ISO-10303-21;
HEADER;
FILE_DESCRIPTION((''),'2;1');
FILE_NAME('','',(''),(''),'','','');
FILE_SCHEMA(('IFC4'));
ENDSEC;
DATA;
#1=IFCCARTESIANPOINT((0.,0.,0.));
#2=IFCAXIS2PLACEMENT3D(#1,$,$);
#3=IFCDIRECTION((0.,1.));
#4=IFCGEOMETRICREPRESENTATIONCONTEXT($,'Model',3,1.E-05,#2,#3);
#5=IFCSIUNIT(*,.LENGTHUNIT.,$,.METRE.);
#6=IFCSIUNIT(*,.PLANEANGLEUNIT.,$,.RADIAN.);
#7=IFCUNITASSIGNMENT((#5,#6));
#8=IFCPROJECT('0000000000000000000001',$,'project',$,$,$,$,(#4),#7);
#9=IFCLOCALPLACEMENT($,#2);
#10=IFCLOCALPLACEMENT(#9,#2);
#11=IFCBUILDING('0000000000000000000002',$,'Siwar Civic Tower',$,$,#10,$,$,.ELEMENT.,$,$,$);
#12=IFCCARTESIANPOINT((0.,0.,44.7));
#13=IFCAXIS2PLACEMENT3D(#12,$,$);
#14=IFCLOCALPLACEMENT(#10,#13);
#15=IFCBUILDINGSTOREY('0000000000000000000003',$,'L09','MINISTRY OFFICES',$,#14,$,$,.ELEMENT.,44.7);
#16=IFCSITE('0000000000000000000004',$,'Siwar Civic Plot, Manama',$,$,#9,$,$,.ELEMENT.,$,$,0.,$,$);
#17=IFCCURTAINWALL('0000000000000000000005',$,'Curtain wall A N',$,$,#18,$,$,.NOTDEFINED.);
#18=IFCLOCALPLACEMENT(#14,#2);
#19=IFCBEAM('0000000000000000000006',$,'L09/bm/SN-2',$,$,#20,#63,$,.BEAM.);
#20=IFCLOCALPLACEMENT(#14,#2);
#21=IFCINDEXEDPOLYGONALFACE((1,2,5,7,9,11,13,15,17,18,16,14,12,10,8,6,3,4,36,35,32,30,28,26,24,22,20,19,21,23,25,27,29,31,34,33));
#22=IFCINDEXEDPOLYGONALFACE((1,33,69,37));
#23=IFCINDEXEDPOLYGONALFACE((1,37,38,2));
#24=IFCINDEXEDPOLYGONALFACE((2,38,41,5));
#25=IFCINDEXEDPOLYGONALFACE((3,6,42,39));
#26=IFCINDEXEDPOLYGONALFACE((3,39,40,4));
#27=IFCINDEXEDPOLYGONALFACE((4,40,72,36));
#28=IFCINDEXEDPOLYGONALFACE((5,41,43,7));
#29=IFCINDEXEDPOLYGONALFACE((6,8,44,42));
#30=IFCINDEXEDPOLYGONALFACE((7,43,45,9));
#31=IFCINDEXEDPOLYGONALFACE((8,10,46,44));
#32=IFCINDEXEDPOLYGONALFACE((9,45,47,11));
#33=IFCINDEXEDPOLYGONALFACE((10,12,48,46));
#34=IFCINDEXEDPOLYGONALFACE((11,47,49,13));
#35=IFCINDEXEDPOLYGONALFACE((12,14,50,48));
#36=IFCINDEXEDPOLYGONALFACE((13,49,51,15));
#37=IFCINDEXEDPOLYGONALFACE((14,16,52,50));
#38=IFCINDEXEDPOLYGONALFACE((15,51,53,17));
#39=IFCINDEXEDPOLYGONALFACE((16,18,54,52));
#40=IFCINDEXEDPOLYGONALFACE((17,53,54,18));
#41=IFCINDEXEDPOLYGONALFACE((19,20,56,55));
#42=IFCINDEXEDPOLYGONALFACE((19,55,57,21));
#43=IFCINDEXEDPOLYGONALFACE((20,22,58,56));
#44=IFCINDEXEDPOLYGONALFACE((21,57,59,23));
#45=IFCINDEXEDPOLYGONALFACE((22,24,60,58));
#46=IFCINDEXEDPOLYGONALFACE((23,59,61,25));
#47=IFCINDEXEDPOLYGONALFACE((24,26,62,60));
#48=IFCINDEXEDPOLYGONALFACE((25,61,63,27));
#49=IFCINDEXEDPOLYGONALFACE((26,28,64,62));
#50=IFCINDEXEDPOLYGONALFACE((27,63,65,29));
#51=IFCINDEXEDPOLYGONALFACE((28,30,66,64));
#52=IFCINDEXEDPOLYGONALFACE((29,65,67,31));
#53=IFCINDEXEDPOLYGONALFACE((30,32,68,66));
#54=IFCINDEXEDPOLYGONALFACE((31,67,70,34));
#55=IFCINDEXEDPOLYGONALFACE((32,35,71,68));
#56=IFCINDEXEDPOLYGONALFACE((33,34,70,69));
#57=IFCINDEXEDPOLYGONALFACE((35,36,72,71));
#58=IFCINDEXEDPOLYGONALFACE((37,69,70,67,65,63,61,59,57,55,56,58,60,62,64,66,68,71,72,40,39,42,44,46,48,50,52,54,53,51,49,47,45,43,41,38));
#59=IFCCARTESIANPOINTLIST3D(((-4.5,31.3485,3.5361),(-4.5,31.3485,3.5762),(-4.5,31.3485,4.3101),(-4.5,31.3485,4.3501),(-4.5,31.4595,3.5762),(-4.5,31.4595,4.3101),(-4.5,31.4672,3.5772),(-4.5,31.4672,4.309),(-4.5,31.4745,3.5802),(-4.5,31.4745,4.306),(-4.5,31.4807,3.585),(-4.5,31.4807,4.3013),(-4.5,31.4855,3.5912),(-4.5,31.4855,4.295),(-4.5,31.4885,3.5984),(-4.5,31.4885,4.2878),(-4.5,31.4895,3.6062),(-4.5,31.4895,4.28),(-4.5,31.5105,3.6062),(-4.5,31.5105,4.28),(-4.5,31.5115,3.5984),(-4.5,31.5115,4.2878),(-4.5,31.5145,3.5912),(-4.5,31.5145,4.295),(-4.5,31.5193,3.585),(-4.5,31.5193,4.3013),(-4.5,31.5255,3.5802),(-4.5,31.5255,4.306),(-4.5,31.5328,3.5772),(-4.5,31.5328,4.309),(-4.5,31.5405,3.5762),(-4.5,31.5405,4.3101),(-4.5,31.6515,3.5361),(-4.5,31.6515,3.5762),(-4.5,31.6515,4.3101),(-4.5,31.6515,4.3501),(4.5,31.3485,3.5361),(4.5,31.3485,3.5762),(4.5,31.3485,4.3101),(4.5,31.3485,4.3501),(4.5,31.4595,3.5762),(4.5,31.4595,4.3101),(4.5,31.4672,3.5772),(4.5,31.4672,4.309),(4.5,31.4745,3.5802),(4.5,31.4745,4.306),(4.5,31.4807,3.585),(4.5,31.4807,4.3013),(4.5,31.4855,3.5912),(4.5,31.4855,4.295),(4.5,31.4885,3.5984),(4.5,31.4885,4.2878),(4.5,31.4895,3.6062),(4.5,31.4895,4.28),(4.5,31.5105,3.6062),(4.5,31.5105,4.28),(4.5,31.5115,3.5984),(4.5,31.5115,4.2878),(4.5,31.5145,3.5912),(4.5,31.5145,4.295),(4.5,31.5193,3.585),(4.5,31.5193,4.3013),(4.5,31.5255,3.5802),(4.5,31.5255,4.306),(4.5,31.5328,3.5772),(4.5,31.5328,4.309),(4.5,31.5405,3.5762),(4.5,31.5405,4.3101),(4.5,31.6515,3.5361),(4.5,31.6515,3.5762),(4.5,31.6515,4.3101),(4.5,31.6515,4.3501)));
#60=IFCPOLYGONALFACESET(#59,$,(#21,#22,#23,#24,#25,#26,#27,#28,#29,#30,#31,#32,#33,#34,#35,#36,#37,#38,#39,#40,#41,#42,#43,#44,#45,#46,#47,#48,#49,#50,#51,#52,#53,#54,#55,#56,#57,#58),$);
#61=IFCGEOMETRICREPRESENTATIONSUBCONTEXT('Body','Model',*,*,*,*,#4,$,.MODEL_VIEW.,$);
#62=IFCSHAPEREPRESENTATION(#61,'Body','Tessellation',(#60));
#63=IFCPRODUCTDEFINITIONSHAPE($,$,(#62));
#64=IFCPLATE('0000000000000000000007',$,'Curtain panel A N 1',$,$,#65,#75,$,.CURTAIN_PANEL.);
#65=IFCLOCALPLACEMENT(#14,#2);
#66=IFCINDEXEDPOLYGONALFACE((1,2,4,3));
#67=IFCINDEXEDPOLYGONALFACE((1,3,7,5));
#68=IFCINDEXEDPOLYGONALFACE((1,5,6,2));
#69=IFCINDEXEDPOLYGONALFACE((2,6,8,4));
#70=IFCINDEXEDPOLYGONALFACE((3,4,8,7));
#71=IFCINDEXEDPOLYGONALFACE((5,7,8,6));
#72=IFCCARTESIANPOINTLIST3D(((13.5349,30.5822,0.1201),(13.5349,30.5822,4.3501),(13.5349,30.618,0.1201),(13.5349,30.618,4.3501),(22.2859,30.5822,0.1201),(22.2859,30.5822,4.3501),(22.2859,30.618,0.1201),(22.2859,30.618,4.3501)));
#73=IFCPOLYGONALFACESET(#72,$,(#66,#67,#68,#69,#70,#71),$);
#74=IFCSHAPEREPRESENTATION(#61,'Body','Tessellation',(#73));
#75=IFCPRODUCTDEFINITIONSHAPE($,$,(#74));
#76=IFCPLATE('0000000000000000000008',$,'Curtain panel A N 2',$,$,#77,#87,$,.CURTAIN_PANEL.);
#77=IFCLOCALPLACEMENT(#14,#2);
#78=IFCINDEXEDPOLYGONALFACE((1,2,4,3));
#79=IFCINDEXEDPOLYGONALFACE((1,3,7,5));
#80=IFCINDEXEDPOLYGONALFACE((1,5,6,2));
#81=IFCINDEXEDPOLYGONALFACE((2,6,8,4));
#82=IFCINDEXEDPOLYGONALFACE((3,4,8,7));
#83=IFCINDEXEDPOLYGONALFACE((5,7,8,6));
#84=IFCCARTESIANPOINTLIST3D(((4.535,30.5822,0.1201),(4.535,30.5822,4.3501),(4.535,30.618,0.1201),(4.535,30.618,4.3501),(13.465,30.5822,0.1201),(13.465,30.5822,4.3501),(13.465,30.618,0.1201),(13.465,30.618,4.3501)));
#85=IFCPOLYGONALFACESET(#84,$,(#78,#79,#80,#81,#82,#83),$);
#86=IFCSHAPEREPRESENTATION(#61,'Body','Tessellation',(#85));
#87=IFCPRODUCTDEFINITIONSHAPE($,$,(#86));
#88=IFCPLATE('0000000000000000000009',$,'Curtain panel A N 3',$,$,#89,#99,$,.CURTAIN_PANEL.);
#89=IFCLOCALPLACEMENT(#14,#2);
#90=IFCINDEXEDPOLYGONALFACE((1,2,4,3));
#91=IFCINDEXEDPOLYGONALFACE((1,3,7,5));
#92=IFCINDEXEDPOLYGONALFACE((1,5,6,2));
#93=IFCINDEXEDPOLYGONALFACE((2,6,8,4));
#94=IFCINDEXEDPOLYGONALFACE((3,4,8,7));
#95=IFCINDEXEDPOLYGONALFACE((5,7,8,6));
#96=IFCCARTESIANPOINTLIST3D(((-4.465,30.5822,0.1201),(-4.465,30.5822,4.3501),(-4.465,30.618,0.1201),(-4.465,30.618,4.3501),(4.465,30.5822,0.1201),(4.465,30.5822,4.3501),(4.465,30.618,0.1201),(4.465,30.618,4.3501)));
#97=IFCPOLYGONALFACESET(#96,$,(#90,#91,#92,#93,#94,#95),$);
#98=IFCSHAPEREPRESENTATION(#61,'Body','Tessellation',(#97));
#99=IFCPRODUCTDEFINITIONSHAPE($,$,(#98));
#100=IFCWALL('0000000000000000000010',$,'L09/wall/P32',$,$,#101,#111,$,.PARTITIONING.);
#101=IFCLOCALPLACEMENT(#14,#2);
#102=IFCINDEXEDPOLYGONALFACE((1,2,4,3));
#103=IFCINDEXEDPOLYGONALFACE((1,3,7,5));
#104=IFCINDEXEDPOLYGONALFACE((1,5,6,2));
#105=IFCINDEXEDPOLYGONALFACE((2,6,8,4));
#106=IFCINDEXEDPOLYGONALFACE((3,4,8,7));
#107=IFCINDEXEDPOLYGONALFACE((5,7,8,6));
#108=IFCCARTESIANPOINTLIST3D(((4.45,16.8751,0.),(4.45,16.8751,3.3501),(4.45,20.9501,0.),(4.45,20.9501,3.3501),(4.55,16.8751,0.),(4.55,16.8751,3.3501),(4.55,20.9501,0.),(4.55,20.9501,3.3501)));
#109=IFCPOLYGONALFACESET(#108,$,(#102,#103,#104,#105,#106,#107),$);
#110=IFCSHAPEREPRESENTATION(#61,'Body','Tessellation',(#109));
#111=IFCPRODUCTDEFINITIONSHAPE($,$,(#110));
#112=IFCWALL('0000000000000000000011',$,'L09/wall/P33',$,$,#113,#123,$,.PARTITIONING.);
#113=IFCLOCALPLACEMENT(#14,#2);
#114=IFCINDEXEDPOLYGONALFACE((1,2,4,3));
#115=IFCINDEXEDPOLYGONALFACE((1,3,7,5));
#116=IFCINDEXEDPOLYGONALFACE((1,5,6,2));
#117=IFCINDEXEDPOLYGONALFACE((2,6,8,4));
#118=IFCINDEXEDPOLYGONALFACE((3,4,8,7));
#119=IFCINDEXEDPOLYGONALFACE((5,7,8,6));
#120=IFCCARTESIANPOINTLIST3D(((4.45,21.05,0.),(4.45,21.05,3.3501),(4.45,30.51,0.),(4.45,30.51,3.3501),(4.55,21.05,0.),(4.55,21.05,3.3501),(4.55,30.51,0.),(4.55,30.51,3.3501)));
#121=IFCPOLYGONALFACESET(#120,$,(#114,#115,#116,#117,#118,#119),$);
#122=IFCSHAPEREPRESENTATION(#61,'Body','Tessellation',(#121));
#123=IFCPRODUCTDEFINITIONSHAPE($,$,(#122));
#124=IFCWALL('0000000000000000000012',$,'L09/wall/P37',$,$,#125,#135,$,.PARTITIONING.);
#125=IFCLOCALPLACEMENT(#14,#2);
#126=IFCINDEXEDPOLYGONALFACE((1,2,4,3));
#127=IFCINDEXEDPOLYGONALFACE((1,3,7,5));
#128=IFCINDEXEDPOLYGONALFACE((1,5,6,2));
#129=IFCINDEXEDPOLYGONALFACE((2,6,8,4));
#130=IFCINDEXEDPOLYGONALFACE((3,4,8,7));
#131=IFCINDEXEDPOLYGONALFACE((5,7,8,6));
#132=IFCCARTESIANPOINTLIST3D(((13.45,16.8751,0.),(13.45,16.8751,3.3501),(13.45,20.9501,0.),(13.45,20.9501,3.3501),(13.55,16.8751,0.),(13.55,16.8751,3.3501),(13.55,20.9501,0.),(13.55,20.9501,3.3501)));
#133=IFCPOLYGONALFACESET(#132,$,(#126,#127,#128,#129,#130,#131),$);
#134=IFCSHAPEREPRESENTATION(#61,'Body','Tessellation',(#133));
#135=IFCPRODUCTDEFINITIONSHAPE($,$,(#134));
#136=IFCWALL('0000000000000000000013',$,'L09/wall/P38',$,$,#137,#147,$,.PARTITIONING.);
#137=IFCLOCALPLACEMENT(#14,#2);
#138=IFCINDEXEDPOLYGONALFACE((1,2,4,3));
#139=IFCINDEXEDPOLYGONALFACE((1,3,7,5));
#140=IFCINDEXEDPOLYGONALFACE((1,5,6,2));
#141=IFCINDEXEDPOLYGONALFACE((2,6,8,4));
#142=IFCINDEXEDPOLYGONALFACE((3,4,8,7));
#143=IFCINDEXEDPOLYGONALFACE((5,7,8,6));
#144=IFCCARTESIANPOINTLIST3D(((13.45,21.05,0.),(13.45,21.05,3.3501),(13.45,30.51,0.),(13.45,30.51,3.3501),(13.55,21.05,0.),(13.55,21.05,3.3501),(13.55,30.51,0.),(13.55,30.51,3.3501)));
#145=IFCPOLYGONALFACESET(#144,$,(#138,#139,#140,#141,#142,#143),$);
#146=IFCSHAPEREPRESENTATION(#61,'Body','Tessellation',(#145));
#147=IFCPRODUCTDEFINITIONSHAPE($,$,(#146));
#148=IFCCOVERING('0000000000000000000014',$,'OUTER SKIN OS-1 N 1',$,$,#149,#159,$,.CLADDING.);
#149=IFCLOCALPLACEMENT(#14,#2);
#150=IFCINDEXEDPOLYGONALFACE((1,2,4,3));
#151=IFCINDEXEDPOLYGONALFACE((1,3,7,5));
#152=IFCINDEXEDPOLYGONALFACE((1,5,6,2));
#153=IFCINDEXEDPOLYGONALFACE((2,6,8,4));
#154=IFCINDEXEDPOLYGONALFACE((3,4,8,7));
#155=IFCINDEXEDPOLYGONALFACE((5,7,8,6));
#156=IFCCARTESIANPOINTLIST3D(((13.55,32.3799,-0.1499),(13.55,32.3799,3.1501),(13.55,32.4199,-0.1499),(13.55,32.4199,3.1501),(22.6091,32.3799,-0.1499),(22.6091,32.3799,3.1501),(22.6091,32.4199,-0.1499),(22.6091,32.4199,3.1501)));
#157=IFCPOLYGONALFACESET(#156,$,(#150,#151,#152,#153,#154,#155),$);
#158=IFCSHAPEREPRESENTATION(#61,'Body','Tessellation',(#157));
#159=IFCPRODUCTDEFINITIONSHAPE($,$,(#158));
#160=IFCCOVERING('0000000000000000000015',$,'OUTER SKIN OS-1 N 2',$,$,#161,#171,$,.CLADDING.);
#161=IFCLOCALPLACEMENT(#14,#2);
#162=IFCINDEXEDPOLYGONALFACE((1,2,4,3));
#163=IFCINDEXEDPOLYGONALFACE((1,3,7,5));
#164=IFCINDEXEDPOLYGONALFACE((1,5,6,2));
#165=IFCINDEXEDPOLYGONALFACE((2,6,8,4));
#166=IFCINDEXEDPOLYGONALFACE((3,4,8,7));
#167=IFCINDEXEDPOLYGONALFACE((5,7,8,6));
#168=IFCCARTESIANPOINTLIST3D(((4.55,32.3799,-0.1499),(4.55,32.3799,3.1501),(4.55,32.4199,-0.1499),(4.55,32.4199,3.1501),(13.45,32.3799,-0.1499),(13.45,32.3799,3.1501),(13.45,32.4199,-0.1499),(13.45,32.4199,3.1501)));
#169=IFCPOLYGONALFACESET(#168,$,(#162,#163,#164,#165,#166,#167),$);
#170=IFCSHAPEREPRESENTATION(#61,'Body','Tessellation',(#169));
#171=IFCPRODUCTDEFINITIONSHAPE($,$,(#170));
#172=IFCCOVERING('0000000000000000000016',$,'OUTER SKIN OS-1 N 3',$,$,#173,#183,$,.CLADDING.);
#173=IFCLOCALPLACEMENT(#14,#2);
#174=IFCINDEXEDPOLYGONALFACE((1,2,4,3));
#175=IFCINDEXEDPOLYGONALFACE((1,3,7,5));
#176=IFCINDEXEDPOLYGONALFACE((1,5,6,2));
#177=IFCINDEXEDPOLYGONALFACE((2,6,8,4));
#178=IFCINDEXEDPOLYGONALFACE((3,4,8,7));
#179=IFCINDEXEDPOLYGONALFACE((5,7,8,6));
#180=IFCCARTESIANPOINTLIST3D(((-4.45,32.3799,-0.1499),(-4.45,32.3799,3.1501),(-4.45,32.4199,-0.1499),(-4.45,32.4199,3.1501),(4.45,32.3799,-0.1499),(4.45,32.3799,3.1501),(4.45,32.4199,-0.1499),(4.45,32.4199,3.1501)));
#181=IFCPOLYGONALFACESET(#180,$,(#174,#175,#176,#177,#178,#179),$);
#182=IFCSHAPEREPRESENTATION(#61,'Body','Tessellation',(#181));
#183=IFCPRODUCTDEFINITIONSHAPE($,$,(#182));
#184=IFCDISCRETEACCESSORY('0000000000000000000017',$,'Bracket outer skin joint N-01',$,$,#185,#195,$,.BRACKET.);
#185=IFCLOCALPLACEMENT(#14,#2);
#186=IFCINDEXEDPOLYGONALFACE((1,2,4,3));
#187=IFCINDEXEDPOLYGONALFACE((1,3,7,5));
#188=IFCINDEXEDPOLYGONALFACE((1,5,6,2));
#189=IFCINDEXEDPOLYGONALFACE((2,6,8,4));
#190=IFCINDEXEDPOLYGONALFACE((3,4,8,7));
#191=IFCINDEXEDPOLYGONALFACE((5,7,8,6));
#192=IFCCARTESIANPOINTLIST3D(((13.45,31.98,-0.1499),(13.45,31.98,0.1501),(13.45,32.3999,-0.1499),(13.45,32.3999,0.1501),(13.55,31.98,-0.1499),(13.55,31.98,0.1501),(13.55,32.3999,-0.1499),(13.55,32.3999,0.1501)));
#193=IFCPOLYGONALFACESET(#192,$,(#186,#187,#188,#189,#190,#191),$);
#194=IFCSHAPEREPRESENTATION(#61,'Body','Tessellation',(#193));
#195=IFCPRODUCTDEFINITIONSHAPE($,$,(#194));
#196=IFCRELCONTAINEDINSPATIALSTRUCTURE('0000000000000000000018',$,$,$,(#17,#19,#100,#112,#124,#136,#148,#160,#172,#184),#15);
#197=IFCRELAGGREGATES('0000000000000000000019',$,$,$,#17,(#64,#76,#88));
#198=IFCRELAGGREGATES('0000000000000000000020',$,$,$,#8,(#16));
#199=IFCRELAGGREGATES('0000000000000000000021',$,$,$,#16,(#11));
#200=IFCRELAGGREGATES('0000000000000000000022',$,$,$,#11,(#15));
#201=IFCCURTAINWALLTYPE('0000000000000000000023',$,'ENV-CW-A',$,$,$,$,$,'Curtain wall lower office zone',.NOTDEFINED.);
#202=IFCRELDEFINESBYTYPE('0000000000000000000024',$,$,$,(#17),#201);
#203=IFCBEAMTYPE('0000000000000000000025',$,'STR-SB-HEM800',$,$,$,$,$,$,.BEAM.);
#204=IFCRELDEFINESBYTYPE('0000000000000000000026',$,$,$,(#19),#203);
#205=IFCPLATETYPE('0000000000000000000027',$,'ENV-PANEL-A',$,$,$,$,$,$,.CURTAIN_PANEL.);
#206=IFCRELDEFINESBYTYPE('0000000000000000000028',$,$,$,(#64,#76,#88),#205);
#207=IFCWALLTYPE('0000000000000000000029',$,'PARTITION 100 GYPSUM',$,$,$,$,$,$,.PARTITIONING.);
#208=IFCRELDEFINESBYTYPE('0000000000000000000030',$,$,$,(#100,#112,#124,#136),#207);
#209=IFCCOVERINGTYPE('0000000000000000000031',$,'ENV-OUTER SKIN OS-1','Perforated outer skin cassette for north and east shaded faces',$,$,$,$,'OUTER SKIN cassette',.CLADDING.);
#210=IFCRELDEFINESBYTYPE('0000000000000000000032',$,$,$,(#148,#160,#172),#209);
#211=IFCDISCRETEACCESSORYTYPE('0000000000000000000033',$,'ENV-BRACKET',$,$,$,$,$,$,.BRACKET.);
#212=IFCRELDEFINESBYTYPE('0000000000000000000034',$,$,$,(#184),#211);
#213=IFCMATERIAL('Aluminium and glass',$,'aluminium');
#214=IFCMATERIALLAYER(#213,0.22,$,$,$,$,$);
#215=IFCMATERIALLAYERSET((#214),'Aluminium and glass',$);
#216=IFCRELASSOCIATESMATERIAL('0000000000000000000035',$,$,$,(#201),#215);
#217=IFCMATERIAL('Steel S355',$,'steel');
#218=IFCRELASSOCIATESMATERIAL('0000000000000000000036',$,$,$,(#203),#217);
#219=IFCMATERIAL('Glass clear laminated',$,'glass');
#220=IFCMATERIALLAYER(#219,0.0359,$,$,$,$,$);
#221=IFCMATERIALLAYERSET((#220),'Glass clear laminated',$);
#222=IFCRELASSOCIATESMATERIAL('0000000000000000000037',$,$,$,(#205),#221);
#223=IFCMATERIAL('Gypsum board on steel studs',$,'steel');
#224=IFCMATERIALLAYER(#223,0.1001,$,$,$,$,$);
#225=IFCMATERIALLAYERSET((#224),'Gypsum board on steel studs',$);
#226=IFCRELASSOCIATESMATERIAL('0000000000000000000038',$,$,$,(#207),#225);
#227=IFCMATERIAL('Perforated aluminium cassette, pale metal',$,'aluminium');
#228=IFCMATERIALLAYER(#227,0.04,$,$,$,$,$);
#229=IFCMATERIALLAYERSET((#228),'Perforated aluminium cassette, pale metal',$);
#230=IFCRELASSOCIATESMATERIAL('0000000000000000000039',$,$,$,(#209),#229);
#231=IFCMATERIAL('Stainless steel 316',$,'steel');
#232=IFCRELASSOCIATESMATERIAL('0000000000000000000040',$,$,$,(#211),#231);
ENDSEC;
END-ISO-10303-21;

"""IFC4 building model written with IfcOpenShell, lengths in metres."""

from ifc_helpers import new_model, si_unit, direction, frame, frame_2d, origin, origin_2d, place, context, subcontext, project, spatial, rectangle, i_section, extrude, material, layer, layer_set, material_profile, profile_set, type_object, element, aggregate, save


model = new_model("IFC4")

# Units and contexts
model_context = context("Model", 3, precision=1e-05, world=origin(), true_north=direction((0.0, 1.0)))
body_context = subcontext(model_context, "Body", "Model", "MODEL_VIEW")
ifc_project = project(units=[si_unit("LENGTHUNIT", "METRE"), si_unit("PLANEANGLEUNIT", "RADIAN")], contexts=[model_context])

# Site, building, storey
site_placement = place(None, origin())
site = spatial("IfcSite", under=ifc_project, at=site_placement, Name="Siwar Civic Plot, Manama", CompositionType="ELEMENT", RefElevation=0.0)
building_placement = place(site_placement, origin())
building = spatial("IfcBuilding", under=site, at=building_placement, Name="Siwar Civic Tower", CompositionType="ELEMENT")
storey_placement = place(building_placement, frame((0.0, 0.0, 44.7)))
storey = spatial("IfcBuildingStorey", under=building, at=storey_placement, Name="L09", Description="MINISTRY OFFICES", CompositionType="ELEMENT", Elevation=44.7)

# Curtain wall
ifc_material_1 = material(Name="Aluminium and glass", Category="aluminium")
ifc_layer_1 = layer(ifc_material_1, 0.22)
ifc_layer_set_1 = layer_set([ifc_layer_1], Name="Aluminium and glass")
curtain_wall_type = type_object("IfcCurtainWallType", Name="ENV-CW-A", ElementType="Curtain wall lower office zone", PredefinedType="NOTDEFINED", material=ifc_layer_set_1)
curtain_wall_placement = place(storey_placement, origin())
curtain_wall = element("IfcCurtainWall", 1, at=curtain_wall_placement, inside=storey, type_object=curtain_wall_type, Name="Curtain wall A N", PredefinedType="NOTDEFINED")

# Beam
ifc_material_2 = material(Name="Steel S355", Category="steel")
ifc_material_profile_1 = material_profile(ifc_material_2, i_section(OverallWidth=0.303, OverallDepth=0.814, WebThickness=0.021, FlangeThickness=0.04, FilletRadius=0.03, at=origin_2d()), Name="HEM800")
ifc_profile_set_1 = profile_set([ifc_material_profile_1], Name="Steel S355")
beam_type_1 = type_object("IfcBeamType", Name="STR-SB-HEM800", PredefinedType="BEAM", material=ifc_profile_set_1)
for number, where, z_axis, x_axis, name in (
    (2, (4.5, 31.5, 3.9431), (-1.0, 0.0, 0.0), (0.0, -1.0, 0.0), "L09/bm/SN-2"),
):
    element("IfcBeam", number, at=place(storey_placement, frame(where, z_axis=z_axis, x_axis=x_axis)), inside=storey, type_object=beam_type_1, Name=name, PredefinedType="BEAM", context=body_context, shape_type="SweptSolid", body=[
        extrude(i_section(OverallWidth=0.303, OverallDepth=0.814, WebThickness=0.021, FlangeThickness=0.04, FilletRadius=0.03, at=origin_2d()), origin(), (0.0, 0.0, 1.0), 9.0),
    ])

# Plates
ifc_material_3 = material(Name="Glass clear laminated", Category="glass")
ifc_layer_2 = layer(ifc_material_3, 0.0359)
ifc_layer_set_2 = layer_set([ifc_layer_2], Name="Glass clear laminated")
plate_type = type_object("IfcPlateType", Name="ENV-PANEL-A", PredefinedType="CURTAIN_PANEL", material=ifc_layer_set_2)
plate_1_placement = place(storey_placement, frame((17.9104, 30.6001, 0.1201), z_axis=(0.0, 0.0, 1.0), x_axis=(-1.0, 0.0, 0.0)))
plate_1 = element("IfcPlate", 3, at=plate_1_placement, type_object=plate_type, Name="Curtain panel A N 1", PredefinedType="CURTAIN_PANEL", context=body_context, shape_type="SweptSolid", body=[
    extrude(rectangle(XDim=8.751, YDim=0.0359, at=origin_2d()), origin(), (0.0, 0.0, 1.0), 4.23),
])
plate_2_placement = place(storey_placement, frame((9.0, 30.6001, 0.1201), z_axis=(0.0, 0.0, 1.0), x_axis=(-1.0, 0.0, 0.0)))
plate_2 = element("IfcPlate", 4, at=plate_2_placement, type_object=plate_type, Name="Curtain panel A N 2", PredefinedType="CURTAIN_PANEL", context=body_context, shape_type="SweptSolid", body=[
    extrude(rectangle(XDim=8.9299, YDim=0.0359, at=origin_2d()), origin(), (0.0, 0.0, 1.0), 4.23),
])
plate_3_placement = place(storey_placement, frame((0.0, 30.6001, 0.1201), z_axis=(0.0, 0.0, 1.0), x_axis=(-1.0, 0.0, 0.0)))
plate_3 = element("IfcPlate", 5, at=plate_3_placement, type_object=plate_type, Name="Curtain panel A N 3", PredefinedType="CURTAIN_PANEL", context=body_context, shape_type="SweptSolid", body=[
    extrude(rectangle(XDim=8.9299, YDim=0.0359, at=origin_2d()), origin(), (0.0, 0.0, 1.0), 4.23),
])
aggregate(curtain_wall, [plate_1, plate_2, plate_3])

# Walls
ifc_material_4 = material(Name="Gypsum board on steel studs", Category="steel")
ifc_layer_3 = layer(ifc_material_4, 0.1001)
ifc_layer_set_3 = layer_set([ifc_layer_3], Name="Gypsum board on steel studs")
wall_type = type_object("IfcWallType", Name="PARTITION 100 GYPSUM", PredefinedType="PARTITIONING", material=ifc_layer_set_3)
wall_1_placement = place(storey_placement, frame((4.5, 16.875, 0.0), z_axis=(0.0, 0.0, 1.0), x_axis=(0.0, 1.0, 0.0)))
element("IfcWall", 6, at=wall_1_placement, inside=storey, type_object=wall_type, Name="L09/wall/P32", PredefinedType="PARTITIONING", context=body_context, shape_type="SweptSolid", body=[
    extrude(rectangle(XDim=4.075, YDim=0.1001, at=frame_2d((2.0376, 0.0))), origin(), (0.0, 0.0, 1.0), 3.3501),
])
wall_2_placement = place(storey_placement, frame((4.5, 21.05, 0.0), z_axis=(0.0, 0.0, 1.0), x_axis=(0.0, 1.0, 0.0)))
element("IfcWall", 7, at=wall_2_placement, inside=storey, type_object=wall_type, Name="L09/wall/P33", PredefinedType="PARTITIONING", context=body_context, shape_type="SweptSolid", body=[
    extrude(rectangle(XDim=9.46, YDim=0.1001, at=frame_2d((4.73, 0.0))), origin(), (0.0, 0.0, 1.0), 3.3501),
])
wall_3_placement = place(storey_placement, frame((13.5, 16.875, 0.0), z_axis=(0.0, 0.0, 1.0), x_axis=(0.0, 1.0, 0.0)))
element("IfcWall", 8, at=wall_3_placement, inside=storey, type_object=wall_type, Name="L09/wall/P37", PredefinedType="PARTITIONING", context=body_context, shape_type="SweptSolid", body=[
    extrude(rectangle(XDim=4.075, YDim=0.1001, at=frame_2d((2.0376, 0.0))), origin(), (0.0, 0.0, 1.0), 3.3501),
])
wall_4_placement = place(storey_placement, frame((13.5, 21.05, 0.0), z_axis=(0.0, 0.0, 1.0), x_axis=(0.0, 1.0, 0.0)))
element("IfcWall", 9, at=wall_4_placement, inside=storey, type_object=wall_type, Name="L09/wall/P38", PredefinedType="PARTITIONING", context=body_context, shape_type="SweptSolid", body=[
    extrude(rectangle(XDim=9.46, YDim=0.1001, at=frame_2d((4.73, 0.0))), origin(), (0.0, 0.0, 1.0), 3.3501),
])

# Coverings
ifc_material_5 = material(Name="Perforated aluminium cassette, pale metal", Category="aluminium")
ifc_layer_4 = layer(ifc_material_5, 0.04)
ifc_layer_set_4 = layer_set([ifc_layer_4], Name="Perforated aluminium cassette, pale metal")
covering_type = type_object("IfcCoveringType", Name="ENV-OUTER SKIN OS-1", Description="Perforated outer skin cassette for north and east shaded faces", ElementType="OUTER SKIN cassette", PredefinedType="CLADDING", material=ifc_layer_set_4)
covering_placement = place(storey_placement, frame((18.0796, 32.3999, -0.1499), z_axis=(0.0, 0.0, 1.0), x_axis=(-1.0, 0.0, 0.0)))
element("IfcCovering", 10, at=covering_placement, inside=storey, type_object=covering_type, Name="OUTER SKIN OS-1 N 1", PredefinedType="CLADDING", context=body_context, shape_type="SweptSolid", body=[
    extrude(rectangle(XDim=9.0591, YDim=0.04, at=origin_2d()), origin(), (0.0, 0.0, 1.0), 3.3),
])
for number, where, z_axis, x_axis, name in (
    (11, (9.0, 32.3999, -0.1499), (0.0, 0.0, 1.0), (-1.0, 0.0, 0.0), "OUTER SKIN OS-1 N 2"),
    (12, (0.0, 32.3999, -0.1499), (0.0, 0.0, 1.0), (-1.0, 0.0, 0.0), "OUTER SKIN OS-1 N 3"),
):
    element("IfcCovering", number, at=place(storey_placement, frame(where, z_axis=z_axis, x_axis=x_axis)), inside=storey, type_object=covering_type, Name=name, PredefinedType="CLADDING", context=body_context, shape_type="SweptSolid", body=[
        extrude(rectangle(XDim=8.8999, YDim=0.04, at=origin_2d()), origin(), (0.0, 0.0, 1.0), 3.3),
    ])

# Discrete accessory
ifc_material_6 = material(Name="Stainless steel 316", Category="steel")
discrete_accessory_type = type_object("IfcDiscreteAccessoryType", Name="ENV-BRACKET", PredefinedType="BRACKET", material=ifc_material_6)
for number, where, z_axis, x_axis, name in (
    (13, (13.5, 32.1899, -0.1499), (0.0, 0.0, 1.0), (0.0, 1.0, 0.0), "Bracket outer skin joint N-01"),
):
    element("IfcDiscreteAccessory", number, at=place(storey_placement, frame(where, z_axis=z_axis, x_axis=x_axis)), inside=storey, type_object=discrete_accessory_type, Name=name, PredefinedType="BRACKET", context=body_context, shape_type="SweptSolid", body=[
        extrude(rectangle(XDim=0.4199, YDim=0.1001, at=origin_2d()), origin(), (0.0, 0.0, 1.0), 0.3),
    ])

save(model, "model.ifc")
